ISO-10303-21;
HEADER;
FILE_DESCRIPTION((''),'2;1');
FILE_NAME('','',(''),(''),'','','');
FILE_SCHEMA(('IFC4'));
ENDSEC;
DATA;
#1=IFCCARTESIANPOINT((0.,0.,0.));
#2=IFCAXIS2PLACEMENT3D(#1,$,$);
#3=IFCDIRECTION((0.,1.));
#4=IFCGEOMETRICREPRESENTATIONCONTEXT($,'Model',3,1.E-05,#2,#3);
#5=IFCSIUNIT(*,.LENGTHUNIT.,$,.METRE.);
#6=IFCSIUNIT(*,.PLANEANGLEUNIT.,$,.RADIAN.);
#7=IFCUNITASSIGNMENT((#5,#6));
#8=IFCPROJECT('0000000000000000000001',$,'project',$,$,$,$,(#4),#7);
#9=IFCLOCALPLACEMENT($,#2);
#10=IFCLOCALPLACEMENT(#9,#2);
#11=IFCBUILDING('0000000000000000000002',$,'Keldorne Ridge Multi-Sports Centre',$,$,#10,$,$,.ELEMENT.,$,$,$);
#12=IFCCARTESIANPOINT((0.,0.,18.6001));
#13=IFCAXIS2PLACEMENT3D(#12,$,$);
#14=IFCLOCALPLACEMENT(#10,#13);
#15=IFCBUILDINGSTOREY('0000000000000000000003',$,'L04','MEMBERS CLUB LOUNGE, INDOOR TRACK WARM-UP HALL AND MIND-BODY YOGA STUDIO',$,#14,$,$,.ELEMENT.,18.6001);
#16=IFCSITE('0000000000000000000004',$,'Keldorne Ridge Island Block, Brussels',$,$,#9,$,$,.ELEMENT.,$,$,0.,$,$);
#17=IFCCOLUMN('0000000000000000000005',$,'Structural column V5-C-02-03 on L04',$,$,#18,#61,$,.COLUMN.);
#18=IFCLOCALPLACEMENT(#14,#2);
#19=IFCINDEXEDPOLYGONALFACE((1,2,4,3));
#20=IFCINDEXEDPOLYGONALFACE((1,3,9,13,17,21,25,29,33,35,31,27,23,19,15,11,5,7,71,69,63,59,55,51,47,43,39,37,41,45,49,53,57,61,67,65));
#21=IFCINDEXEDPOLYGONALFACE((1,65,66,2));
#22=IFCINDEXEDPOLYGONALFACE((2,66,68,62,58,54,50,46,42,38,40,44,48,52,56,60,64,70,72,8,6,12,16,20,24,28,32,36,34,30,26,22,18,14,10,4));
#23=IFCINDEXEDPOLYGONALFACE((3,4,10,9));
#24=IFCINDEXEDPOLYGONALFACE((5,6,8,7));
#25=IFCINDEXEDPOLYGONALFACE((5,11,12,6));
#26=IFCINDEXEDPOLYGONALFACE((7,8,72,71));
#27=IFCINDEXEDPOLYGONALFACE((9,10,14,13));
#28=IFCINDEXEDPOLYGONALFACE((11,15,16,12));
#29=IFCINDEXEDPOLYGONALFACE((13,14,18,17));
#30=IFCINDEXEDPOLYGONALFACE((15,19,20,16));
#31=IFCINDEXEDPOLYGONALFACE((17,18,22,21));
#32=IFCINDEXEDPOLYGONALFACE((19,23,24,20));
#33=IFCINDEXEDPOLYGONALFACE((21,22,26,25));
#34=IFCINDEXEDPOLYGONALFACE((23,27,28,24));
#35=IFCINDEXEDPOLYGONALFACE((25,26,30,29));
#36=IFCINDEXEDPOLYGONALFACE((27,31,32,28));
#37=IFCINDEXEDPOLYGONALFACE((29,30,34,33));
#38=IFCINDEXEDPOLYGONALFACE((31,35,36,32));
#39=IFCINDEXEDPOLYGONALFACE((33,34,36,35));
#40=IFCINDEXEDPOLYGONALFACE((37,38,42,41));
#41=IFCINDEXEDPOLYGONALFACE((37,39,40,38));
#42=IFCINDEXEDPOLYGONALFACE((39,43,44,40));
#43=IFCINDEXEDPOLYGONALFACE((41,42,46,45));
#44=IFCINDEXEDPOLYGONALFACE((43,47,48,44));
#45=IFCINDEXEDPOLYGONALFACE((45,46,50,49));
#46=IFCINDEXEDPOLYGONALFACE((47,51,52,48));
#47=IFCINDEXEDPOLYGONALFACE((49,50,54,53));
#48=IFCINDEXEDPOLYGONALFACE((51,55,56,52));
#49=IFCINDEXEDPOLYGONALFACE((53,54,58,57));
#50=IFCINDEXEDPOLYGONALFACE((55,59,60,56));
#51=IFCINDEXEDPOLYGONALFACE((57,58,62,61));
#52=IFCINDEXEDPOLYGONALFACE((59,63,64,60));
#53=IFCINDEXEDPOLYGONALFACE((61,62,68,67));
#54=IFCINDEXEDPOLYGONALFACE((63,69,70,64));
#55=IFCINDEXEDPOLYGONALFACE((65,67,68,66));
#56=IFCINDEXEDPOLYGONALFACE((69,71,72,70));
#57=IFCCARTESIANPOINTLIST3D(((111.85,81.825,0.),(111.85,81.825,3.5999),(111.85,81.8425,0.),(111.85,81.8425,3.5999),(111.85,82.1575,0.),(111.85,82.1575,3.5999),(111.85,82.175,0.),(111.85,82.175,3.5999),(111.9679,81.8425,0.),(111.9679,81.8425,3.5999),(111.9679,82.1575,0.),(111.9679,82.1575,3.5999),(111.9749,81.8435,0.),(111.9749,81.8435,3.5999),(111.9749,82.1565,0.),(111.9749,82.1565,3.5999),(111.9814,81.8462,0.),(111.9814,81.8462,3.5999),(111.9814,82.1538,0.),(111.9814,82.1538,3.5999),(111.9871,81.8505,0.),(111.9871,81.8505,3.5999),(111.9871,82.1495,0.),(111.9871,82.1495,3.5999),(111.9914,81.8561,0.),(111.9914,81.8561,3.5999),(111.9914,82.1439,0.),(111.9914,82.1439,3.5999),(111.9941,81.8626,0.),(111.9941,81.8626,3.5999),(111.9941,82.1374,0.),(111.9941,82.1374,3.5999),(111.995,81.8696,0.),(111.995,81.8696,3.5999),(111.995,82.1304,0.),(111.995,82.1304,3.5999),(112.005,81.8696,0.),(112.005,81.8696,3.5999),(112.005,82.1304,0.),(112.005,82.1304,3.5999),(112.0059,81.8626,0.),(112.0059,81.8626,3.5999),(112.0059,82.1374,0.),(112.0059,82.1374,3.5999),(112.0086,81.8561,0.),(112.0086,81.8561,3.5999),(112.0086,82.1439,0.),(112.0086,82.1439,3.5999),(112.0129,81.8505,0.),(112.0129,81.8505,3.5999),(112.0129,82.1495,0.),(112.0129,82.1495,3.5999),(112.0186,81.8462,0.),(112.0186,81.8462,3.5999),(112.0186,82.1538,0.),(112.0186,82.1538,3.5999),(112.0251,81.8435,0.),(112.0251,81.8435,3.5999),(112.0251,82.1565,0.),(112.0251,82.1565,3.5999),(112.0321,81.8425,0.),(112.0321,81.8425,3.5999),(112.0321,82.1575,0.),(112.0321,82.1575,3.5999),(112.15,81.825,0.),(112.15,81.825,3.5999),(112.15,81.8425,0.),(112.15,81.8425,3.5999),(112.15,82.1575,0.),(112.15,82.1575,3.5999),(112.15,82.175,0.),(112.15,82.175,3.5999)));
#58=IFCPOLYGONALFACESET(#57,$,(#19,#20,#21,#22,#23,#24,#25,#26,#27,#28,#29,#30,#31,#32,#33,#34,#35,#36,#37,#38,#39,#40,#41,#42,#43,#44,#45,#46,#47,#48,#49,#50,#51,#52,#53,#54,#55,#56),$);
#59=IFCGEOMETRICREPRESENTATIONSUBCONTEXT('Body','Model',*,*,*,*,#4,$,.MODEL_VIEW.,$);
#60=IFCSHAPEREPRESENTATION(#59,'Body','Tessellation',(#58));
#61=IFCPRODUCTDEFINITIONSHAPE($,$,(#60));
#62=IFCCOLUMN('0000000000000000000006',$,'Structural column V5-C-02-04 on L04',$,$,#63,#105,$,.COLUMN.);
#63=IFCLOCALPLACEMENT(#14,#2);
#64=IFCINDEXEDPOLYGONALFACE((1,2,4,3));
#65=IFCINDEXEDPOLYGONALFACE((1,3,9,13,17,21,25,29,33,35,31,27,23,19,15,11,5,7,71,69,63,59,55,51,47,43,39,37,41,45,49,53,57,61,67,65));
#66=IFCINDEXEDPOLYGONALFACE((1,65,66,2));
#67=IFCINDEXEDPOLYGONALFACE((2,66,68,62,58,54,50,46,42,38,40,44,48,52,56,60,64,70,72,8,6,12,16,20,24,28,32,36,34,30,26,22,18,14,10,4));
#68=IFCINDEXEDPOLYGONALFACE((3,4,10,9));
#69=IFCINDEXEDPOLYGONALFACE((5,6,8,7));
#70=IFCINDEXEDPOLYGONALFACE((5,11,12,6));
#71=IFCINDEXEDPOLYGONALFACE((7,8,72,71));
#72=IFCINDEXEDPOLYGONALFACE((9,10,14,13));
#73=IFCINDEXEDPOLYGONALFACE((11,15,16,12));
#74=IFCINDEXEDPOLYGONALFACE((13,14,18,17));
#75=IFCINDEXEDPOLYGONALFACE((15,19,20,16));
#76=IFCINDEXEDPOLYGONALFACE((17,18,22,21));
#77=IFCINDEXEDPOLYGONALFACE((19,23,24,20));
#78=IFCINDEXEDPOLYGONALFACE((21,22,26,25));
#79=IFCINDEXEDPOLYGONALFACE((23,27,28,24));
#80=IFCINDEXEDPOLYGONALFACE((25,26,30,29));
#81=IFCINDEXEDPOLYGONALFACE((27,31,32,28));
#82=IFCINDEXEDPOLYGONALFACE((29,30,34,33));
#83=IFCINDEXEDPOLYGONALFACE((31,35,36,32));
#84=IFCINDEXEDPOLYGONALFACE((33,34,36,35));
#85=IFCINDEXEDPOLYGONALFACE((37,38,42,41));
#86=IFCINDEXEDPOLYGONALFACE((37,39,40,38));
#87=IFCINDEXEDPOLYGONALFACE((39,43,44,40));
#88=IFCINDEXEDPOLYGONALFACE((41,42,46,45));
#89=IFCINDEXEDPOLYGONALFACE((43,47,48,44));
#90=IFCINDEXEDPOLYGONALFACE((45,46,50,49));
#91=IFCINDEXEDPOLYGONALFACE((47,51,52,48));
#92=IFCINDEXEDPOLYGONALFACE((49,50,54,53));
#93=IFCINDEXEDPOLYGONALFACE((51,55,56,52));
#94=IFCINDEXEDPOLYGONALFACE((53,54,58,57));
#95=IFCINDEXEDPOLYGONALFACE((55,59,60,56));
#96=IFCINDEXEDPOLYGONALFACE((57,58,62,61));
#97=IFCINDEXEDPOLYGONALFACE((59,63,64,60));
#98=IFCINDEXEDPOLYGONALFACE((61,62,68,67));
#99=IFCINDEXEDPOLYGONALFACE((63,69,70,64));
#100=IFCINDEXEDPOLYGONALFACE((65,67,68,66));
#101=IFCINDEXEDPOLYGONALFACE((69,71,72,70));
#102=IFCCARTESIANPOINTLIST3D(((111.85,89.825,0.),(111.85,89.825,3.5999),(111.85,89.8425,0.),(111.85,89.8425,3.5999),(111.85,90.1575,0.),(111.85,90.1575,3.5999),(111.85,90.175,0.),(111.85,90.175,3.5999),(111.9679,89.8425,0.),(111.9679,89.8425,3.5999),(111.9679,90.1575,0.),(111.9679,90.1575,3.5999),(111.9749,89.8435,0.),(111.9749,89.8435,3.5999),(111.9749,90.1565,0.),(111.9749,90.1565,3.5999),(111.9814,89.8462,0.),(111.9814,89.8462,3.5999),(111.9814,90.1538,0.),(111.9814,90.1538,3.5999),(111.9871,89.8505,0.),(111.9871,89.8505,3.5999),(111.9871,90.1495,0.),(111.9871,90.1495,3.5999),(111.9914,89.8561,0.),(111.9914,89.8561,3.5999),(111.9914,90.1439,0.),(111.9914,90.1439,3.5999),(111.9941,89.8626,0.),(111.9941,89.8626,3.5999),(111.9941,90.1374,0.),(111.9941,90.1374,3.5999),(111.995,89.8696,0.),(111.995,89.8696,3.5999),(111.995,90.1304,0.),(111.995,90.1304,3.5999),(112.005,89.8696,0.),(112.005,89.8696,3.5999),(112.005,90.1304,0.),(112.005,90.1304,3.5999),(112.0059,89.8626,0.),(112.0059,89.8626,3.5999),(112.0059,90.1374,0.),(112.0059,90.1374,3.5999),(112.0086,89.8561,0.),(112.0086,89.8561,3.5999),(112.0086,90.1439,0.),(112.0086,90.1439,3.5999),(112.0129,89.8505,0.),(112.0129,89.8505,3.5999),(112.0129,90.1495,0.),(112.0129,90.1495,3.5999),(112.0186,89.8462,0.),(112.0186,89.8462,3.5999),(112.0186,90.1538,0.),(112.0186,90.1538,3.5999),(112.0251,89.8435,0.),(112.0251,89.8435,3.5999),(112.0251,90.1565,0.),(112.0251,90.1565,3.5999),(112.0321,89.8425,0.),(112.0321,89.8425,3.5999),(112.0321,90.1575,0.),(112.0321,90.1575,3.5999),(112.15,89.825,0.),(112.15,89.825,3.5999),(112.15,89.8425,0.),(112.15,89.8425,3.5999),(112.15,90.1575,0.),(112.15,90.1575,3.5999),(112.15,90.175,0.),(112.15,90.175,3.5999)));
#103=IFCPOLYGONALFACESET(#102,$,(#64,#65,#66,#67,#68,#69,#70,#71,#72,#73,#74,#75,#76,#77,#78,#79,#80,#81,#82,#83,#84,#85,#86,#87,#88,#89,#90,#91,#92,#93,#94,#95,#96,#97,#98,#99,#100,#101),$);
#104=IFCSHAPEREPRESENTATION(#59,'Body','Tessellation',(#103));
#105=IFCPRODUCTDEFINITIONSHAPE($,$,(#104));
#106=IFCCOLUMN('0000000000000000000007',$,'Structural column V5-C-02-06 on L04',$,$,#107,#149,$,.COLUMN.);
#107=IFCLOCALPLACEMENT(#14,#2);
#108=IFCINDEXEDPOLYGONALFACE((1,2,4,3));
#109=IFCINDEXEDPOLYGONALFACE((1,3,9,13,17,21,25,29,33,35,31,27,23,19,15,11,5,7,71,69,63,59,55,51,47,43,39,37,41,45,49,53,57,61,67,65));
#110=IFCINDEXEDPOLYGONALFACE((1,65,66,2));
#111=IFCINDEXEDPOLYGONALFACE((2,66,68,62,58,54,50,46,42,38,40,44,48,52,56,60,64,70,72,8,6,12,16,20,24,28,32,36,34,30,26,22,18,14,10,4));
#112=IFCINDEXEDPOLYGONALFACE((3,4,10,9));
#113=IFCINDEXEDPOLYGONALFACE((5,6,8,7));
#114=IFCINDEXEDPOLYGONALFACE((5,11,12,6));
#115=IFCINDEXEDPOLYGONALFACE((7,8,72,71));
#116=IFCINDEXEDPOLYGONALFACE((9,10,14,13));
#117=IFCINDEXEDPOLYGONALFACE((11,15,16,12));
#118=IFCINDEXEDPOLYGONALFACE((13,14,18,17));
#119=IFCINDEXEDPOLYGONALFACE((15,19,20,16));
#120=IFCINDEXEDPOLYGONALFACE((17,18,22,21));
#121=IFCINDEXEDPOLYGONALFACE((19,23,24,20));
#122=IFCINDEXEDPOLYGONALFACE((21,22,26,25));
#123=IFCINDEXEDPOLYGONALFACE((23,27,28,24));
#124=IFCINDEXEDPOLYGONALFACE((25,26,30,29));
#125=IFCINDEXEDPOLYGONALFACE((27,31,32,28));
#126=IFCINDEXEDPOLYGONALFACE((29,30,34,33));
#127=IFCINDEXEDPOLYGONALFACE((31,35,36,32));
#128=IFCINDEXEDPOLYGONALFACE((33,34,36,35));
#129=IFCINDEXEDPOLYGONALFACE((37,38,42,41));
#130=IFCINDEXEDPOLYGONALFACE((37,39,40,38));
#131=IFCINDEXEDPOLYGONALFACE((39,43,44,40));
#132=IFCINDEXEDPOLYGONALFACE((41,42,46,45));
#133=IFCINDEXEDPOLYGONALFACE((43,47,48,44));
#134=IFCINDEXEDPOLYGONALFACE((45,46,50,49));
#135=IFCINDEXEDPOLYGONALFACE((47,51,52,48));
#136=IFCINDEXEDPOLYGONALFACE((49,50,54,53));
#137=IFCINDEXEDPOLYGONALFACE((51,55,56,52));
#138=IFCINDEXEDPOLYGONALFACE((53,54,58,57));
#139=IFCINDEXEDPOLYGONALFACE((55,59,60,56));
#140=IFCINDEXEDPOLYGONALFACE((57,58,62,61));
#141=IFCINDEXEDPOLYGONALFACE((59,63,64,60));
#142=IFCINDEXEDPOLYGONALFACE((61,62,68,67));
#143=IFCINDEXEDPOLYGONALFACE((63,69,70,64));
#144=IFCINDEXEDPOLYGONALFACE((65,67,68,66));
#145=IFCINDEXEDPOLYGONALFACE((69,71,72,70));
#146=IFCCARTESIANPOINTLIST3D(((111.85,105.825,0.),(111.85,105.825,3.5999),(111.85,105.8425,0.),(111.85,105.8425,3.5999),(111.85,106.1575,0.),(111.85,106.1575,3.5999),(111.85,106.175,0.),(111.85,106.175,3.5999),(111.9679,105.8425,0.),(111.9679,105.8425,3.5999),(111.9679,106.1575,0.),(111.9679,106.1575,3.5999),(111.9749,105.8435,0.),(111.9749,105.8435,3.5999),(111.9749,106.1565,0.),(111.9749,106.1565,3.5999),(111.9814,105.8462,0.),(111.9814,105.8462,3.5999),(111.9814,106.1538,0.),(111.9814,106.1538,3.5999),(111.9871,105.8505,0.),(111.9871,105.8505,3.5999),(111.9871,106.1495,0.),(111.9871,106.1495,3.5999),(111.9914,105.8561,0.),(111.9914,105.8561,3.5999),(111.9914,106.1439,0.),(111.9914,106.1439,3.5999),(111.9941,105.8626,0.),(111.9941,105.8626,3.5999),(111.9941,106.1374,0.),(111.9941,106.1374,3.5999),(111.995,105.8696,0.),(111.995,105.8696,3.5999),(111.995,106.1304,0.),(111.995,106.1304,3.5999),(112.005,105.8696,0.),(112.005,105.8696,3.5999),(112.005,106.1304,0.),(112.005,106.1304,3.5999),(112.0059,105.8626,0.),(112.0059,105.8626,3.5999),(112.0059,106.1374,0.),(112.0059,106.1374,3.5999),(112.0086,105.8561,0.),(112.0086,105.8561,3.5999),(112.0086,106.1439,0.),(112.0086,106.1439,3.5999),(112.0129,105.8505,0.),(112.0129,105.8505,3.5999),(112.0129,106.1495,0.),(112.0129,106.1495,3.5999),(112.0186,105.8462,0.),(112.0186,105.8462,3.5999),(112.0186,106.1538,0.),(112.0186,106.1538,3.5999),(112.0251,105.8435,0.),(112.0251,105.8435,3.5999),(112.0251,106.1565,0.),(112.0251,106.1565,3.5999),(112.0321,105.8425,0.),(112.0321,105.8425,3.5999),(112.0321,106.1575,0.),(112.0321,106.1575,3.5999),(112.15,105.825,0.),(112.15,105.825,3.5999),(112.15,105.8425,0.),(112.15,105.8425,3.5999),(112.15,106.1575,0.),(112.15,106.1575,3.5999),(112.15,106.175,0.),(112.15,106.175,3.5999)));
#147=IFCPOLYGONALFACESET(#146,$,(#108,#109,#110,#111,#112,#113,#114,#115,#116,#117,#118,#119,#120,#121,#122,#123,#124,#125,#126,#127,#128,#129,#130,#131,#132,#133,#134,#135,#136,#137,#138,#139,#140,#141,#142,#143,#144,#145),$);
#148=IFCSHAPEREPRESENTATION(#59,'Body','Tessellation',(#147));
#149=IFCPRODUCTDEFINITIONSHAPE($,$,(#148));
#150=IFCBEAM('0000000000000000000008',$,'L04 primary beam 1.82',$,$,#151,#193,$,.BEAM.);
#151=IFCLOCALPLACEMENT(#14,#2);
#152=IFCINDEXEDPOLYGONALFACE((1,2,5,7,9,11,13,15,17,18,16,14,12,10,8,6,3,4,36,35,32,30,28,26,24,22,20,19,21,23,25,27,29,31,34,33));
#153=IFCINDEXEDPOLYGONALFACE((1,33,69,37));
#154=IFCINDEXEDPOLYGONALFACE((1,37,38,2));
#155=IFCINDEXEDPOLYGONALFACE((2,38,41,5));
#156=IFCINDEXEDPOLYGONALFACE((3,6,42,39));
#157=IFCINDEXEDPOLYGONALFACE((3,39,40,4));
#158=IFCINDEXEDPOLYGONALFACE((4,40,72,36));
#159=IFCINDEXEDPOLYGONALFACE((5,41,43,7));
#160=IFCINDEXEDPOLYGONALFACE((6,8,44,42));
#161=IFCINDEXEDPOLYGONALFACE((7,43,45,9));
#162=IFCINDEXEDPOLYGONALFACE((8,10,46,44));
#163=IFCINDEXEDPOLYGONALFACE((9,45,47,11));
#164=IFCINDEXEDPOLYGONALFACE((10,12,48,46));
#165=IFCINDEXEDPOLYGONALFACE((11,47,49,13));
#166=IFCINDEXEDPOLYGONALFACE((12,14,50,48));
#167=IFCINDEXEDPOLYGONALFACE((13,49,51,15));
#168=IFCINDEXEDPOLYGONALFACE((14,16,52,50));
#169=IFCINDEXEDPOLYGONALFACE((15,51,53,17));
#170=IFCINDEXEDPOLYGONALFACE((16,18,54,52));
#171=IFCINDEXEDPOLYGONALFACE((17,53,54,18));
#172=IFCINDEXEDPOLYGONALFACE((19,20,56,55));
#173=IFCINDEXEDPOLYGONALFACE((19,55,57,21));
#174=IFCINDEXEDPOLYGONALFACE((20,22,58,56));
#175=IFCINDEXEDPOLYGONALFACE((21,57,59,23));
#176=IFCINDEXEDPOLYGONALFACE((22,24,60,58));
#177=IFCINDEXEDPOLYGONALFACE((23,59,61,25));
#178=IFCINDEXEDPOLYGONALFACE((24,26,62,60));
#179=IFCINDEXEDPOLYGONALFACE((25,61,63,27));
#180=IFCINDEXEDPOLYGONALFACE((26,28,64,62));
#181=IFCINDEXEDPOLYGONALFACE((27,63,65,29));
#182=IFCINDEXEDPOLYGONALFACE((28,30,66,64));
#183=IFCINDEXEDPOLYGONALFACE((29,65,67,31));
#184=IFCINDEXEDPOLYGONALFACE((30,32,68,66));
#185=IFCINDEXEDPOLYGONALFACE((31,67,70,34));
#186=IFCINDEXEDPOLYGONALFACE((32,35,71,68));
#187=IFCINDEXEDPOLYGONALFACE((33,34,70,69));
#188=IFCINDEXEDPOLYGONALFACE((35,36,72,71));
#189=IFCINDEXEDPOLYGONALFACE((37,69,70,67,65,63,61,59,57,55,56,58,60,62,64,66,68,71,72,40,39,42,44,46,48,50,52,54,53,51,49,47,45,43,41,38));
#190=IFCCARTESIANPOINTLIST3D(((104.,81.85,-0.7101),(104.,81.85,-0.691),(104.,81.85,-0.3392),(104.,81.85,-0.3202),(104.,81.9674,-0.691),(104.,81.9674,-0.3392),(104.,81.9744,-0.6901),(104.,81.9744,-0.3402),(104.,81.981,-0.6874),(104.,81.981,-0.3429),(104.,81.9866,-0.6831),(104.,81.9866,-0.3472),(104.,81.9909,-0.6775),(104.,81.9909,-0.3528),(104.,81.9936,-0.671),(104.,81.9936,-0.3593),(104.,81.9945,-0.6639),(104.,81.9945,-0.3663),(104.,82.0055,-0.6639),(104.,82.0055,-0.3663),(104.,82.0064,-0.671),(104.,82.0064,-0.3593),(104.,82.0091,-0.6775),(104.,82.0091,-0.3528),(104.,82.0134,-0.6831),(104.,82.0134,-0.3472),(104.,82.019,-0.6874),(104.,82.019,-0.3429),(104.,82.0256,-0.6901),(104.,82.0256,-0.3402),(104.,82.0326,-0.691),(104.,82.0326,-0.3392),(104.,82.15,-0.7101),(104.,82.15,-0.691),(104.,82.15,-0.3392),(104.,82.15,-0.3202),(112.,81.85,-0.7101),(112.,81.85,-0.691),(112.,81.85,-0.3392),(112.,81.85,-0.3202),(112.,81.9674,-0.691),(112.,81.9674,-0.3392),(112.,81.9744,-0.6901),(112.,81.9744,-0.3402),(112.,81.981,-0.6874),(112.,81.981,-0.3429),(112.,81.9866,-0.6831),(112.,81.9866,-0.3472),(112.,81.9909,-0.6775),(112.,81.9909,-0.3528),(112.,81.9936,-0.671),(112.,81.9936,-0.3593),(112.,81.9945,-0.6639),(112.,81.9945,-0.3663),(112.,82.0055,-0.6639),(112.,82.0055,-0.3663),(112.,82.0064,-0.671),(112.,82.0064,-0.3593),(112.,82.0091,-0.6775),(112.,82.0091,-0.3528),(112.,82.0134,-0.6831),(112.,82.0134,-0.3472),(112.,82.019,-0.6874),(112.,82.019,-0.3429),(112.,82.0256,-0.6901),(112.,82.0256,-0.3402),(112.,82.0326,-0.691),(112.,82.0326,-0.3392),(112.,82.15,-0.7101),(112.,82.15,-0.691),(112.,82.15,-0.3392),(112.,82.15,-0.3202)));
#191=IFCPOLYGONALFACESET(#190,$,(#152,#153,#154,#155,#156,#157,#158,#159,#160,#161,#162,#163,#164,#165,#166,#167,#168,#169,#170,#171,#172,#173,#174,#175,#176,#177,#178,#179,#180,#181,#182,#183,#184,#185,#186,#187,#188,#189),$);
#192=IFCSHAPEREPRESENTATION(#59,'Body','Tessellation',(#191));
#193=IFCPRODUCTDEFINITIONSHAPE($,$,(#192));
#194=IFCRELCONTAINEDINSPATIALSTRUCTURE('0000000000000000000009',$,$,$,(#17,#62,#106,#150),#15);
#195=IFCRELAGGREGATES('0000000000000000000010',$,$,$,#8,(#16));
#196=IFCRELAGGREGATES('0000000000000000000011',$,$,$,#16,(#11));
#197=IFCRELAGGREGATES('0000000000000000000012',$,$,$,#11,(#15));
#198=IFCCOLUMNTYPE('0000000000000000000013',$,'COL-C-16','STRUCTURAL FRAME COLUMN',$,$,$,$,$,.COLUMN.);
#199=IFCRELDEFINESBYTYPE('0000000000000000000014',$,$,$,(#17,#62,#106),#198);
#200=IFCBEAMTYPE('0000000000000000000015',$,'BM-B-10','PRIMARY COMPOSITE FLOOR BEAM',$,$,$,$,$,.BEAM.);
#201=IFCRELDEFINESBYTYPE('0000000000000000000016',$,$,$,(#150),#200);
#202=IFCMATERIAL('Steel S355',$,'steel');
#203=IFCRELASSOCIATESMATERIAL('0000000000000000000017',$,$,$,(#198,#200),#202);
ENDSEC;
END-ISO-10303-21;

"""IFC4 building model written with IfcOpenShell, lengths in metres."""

from ifc_helpers import new_model, si_unit, direction, frame, origin, origin_2d, place, context, subcontext, project, spatial, i_section, extrude, material, material_profile, profile_set, type_object, element, save


model = new_model("IFC4")

# Units and contexts
model_context = context("Model", 3, precision=1e-05, world=origin(), true_north=direction((0.0, 1.0)))
body_context = subcontext(model_context, "Body", "Model", "MODEL_VIEW")
ifc_project = project(units=[si_unit("LENGTHUNIT", "METRE"), si_unit("PLANEANGLEUNIT", "RADIAN")], contexts=[model_context])

# Site, building, storey
site_placement = place(None, origin())
site = spatial("IfcSite", under=ifc_project, at=site_placement, Name="Keldorne Ridge Island Block, Brussels", CompositionType="ELEMENT", RefElevation=0.0)
building_placement = place(site_placement, origin())
building = spatial("IfcBuilding", under=site, at=building_placement, Name="Keldorne Ridge Multi-Sports Centre", CompositionType="ELEMENT")
storey_placement = place(building_placement, frame((0.0, 0.0, 18.6001)))
storey = spatial("IfcBuildingStorey", under=building, at=storey_placement, Name="L04", Description="MEMBERS CLUB LOUNGE, INDOOR TRACK WARM-UP HALL AND MIND-BODY YOGA STUDIO", CompositionType="ELEMENT", Elevation=18.6001)

# Columns
ifc_material_1 = material(Name="Steel S355", Category="steel")
ifc_material_profile_1 = material_profile(ifc_material_1, i_section(OverallWidth=0.3, OverallDepth=0.3501, WebThickness=0.01, FlangeThickness=0.0176, FilletRadius=0.0271, at=origin_2d()), Name="HEA 360")
ifc_profile_set_1 = profile_set([ifc_material_profile_1], Name="Steel S355")
column_type = type_object("IfcColumnType", Name="COL-C-16", Description="STRUCTURAL FRAME COLUMN", PredefinedType="COLUMN", material=ifc_profile_set_1)
for number, where, z_axis, x_axis, name in (
    (1, (112.0, 82.0, 0.0), (0.0, 0.0, 1.0), (1.0, 0.0, 0.0), "Structural column V5-C-02-03 on L04"),
    (2, (112.0, 90.0, 0.0), (0.0, 0.0, 1.0), (1.0, 0.0, 0.0), "Structural column V5-C-02-04 on L04"),
    (3, (112.0, 106.0, 0.0), (0.0, 0.0, 1.0), (1.0, 0.0, 0.0), "Structural column V5-C-02-06 on L04"),
):
    element("IfcColumn", number, at=place(storey_placement, frame(where, z_axis=z_axis, x_axis=x_axis)), inside=storey, type_object=column_type, Name=name, PredefinedType="COLUMN", context=body_context, shape_type="SweptSolid", body=[
        extrude(i_section(OverallWidth=0.3, OverallDepth=0.3501, WebThickness=0.01, FlangeThickness=0.0176, FilletRadius=0.0271, at=origin_2d()), origin(), (0.0, 0.0, 1.0), 3.5999),
    ])

# Beam
ifc_material_profile_2 = material_profile(ifc_material_1, i_section(OverallWidth=0.3, OverallDepth=0.3899, WebThickness=0.011, FlangeThickness=0.019, FilletRadius=0.0271, at=origin_2d()), Name="HEA 400")
ifc_profile_set_2 = profile_set([ifc_material_profile_2], Name="Steel S355")
beam_type_1 = type_object("IfcBeamType", Name="BM-B-10", Description="PRIMARY COMPOSITE FLOOR BEAM", PredefinedType="BEAM", material=ifc_profile_set_2)
for number, where, z_axis, x_axis, name in (
    (4, (104.0, 82.0, -0.5151), (1.0, 0.0, 0.0), (0.0, 1.0, 0.0), "L04 primary beam 1.82"),
):
    element("IfcBeam", number, at=place(storey_placement, frame(where, z_axis=z_axis, x_axis=x_axis)), inside=storey, type_object=beam_type_1, Name=name, PredefinedType="BEAM", context=body_context, shape_type="SweptSolid", body=[
        extrude(i_section(OverallWidth=0.3, OverallDepth=0.3899, WebThickness=0.011, FlangeThickness=0.019, FilletRadius=0.0271, at=origin_2d()), origin(), (0.0, 0.0, 1.0), 8.0),
    ])

save(model, "model.ifc")
